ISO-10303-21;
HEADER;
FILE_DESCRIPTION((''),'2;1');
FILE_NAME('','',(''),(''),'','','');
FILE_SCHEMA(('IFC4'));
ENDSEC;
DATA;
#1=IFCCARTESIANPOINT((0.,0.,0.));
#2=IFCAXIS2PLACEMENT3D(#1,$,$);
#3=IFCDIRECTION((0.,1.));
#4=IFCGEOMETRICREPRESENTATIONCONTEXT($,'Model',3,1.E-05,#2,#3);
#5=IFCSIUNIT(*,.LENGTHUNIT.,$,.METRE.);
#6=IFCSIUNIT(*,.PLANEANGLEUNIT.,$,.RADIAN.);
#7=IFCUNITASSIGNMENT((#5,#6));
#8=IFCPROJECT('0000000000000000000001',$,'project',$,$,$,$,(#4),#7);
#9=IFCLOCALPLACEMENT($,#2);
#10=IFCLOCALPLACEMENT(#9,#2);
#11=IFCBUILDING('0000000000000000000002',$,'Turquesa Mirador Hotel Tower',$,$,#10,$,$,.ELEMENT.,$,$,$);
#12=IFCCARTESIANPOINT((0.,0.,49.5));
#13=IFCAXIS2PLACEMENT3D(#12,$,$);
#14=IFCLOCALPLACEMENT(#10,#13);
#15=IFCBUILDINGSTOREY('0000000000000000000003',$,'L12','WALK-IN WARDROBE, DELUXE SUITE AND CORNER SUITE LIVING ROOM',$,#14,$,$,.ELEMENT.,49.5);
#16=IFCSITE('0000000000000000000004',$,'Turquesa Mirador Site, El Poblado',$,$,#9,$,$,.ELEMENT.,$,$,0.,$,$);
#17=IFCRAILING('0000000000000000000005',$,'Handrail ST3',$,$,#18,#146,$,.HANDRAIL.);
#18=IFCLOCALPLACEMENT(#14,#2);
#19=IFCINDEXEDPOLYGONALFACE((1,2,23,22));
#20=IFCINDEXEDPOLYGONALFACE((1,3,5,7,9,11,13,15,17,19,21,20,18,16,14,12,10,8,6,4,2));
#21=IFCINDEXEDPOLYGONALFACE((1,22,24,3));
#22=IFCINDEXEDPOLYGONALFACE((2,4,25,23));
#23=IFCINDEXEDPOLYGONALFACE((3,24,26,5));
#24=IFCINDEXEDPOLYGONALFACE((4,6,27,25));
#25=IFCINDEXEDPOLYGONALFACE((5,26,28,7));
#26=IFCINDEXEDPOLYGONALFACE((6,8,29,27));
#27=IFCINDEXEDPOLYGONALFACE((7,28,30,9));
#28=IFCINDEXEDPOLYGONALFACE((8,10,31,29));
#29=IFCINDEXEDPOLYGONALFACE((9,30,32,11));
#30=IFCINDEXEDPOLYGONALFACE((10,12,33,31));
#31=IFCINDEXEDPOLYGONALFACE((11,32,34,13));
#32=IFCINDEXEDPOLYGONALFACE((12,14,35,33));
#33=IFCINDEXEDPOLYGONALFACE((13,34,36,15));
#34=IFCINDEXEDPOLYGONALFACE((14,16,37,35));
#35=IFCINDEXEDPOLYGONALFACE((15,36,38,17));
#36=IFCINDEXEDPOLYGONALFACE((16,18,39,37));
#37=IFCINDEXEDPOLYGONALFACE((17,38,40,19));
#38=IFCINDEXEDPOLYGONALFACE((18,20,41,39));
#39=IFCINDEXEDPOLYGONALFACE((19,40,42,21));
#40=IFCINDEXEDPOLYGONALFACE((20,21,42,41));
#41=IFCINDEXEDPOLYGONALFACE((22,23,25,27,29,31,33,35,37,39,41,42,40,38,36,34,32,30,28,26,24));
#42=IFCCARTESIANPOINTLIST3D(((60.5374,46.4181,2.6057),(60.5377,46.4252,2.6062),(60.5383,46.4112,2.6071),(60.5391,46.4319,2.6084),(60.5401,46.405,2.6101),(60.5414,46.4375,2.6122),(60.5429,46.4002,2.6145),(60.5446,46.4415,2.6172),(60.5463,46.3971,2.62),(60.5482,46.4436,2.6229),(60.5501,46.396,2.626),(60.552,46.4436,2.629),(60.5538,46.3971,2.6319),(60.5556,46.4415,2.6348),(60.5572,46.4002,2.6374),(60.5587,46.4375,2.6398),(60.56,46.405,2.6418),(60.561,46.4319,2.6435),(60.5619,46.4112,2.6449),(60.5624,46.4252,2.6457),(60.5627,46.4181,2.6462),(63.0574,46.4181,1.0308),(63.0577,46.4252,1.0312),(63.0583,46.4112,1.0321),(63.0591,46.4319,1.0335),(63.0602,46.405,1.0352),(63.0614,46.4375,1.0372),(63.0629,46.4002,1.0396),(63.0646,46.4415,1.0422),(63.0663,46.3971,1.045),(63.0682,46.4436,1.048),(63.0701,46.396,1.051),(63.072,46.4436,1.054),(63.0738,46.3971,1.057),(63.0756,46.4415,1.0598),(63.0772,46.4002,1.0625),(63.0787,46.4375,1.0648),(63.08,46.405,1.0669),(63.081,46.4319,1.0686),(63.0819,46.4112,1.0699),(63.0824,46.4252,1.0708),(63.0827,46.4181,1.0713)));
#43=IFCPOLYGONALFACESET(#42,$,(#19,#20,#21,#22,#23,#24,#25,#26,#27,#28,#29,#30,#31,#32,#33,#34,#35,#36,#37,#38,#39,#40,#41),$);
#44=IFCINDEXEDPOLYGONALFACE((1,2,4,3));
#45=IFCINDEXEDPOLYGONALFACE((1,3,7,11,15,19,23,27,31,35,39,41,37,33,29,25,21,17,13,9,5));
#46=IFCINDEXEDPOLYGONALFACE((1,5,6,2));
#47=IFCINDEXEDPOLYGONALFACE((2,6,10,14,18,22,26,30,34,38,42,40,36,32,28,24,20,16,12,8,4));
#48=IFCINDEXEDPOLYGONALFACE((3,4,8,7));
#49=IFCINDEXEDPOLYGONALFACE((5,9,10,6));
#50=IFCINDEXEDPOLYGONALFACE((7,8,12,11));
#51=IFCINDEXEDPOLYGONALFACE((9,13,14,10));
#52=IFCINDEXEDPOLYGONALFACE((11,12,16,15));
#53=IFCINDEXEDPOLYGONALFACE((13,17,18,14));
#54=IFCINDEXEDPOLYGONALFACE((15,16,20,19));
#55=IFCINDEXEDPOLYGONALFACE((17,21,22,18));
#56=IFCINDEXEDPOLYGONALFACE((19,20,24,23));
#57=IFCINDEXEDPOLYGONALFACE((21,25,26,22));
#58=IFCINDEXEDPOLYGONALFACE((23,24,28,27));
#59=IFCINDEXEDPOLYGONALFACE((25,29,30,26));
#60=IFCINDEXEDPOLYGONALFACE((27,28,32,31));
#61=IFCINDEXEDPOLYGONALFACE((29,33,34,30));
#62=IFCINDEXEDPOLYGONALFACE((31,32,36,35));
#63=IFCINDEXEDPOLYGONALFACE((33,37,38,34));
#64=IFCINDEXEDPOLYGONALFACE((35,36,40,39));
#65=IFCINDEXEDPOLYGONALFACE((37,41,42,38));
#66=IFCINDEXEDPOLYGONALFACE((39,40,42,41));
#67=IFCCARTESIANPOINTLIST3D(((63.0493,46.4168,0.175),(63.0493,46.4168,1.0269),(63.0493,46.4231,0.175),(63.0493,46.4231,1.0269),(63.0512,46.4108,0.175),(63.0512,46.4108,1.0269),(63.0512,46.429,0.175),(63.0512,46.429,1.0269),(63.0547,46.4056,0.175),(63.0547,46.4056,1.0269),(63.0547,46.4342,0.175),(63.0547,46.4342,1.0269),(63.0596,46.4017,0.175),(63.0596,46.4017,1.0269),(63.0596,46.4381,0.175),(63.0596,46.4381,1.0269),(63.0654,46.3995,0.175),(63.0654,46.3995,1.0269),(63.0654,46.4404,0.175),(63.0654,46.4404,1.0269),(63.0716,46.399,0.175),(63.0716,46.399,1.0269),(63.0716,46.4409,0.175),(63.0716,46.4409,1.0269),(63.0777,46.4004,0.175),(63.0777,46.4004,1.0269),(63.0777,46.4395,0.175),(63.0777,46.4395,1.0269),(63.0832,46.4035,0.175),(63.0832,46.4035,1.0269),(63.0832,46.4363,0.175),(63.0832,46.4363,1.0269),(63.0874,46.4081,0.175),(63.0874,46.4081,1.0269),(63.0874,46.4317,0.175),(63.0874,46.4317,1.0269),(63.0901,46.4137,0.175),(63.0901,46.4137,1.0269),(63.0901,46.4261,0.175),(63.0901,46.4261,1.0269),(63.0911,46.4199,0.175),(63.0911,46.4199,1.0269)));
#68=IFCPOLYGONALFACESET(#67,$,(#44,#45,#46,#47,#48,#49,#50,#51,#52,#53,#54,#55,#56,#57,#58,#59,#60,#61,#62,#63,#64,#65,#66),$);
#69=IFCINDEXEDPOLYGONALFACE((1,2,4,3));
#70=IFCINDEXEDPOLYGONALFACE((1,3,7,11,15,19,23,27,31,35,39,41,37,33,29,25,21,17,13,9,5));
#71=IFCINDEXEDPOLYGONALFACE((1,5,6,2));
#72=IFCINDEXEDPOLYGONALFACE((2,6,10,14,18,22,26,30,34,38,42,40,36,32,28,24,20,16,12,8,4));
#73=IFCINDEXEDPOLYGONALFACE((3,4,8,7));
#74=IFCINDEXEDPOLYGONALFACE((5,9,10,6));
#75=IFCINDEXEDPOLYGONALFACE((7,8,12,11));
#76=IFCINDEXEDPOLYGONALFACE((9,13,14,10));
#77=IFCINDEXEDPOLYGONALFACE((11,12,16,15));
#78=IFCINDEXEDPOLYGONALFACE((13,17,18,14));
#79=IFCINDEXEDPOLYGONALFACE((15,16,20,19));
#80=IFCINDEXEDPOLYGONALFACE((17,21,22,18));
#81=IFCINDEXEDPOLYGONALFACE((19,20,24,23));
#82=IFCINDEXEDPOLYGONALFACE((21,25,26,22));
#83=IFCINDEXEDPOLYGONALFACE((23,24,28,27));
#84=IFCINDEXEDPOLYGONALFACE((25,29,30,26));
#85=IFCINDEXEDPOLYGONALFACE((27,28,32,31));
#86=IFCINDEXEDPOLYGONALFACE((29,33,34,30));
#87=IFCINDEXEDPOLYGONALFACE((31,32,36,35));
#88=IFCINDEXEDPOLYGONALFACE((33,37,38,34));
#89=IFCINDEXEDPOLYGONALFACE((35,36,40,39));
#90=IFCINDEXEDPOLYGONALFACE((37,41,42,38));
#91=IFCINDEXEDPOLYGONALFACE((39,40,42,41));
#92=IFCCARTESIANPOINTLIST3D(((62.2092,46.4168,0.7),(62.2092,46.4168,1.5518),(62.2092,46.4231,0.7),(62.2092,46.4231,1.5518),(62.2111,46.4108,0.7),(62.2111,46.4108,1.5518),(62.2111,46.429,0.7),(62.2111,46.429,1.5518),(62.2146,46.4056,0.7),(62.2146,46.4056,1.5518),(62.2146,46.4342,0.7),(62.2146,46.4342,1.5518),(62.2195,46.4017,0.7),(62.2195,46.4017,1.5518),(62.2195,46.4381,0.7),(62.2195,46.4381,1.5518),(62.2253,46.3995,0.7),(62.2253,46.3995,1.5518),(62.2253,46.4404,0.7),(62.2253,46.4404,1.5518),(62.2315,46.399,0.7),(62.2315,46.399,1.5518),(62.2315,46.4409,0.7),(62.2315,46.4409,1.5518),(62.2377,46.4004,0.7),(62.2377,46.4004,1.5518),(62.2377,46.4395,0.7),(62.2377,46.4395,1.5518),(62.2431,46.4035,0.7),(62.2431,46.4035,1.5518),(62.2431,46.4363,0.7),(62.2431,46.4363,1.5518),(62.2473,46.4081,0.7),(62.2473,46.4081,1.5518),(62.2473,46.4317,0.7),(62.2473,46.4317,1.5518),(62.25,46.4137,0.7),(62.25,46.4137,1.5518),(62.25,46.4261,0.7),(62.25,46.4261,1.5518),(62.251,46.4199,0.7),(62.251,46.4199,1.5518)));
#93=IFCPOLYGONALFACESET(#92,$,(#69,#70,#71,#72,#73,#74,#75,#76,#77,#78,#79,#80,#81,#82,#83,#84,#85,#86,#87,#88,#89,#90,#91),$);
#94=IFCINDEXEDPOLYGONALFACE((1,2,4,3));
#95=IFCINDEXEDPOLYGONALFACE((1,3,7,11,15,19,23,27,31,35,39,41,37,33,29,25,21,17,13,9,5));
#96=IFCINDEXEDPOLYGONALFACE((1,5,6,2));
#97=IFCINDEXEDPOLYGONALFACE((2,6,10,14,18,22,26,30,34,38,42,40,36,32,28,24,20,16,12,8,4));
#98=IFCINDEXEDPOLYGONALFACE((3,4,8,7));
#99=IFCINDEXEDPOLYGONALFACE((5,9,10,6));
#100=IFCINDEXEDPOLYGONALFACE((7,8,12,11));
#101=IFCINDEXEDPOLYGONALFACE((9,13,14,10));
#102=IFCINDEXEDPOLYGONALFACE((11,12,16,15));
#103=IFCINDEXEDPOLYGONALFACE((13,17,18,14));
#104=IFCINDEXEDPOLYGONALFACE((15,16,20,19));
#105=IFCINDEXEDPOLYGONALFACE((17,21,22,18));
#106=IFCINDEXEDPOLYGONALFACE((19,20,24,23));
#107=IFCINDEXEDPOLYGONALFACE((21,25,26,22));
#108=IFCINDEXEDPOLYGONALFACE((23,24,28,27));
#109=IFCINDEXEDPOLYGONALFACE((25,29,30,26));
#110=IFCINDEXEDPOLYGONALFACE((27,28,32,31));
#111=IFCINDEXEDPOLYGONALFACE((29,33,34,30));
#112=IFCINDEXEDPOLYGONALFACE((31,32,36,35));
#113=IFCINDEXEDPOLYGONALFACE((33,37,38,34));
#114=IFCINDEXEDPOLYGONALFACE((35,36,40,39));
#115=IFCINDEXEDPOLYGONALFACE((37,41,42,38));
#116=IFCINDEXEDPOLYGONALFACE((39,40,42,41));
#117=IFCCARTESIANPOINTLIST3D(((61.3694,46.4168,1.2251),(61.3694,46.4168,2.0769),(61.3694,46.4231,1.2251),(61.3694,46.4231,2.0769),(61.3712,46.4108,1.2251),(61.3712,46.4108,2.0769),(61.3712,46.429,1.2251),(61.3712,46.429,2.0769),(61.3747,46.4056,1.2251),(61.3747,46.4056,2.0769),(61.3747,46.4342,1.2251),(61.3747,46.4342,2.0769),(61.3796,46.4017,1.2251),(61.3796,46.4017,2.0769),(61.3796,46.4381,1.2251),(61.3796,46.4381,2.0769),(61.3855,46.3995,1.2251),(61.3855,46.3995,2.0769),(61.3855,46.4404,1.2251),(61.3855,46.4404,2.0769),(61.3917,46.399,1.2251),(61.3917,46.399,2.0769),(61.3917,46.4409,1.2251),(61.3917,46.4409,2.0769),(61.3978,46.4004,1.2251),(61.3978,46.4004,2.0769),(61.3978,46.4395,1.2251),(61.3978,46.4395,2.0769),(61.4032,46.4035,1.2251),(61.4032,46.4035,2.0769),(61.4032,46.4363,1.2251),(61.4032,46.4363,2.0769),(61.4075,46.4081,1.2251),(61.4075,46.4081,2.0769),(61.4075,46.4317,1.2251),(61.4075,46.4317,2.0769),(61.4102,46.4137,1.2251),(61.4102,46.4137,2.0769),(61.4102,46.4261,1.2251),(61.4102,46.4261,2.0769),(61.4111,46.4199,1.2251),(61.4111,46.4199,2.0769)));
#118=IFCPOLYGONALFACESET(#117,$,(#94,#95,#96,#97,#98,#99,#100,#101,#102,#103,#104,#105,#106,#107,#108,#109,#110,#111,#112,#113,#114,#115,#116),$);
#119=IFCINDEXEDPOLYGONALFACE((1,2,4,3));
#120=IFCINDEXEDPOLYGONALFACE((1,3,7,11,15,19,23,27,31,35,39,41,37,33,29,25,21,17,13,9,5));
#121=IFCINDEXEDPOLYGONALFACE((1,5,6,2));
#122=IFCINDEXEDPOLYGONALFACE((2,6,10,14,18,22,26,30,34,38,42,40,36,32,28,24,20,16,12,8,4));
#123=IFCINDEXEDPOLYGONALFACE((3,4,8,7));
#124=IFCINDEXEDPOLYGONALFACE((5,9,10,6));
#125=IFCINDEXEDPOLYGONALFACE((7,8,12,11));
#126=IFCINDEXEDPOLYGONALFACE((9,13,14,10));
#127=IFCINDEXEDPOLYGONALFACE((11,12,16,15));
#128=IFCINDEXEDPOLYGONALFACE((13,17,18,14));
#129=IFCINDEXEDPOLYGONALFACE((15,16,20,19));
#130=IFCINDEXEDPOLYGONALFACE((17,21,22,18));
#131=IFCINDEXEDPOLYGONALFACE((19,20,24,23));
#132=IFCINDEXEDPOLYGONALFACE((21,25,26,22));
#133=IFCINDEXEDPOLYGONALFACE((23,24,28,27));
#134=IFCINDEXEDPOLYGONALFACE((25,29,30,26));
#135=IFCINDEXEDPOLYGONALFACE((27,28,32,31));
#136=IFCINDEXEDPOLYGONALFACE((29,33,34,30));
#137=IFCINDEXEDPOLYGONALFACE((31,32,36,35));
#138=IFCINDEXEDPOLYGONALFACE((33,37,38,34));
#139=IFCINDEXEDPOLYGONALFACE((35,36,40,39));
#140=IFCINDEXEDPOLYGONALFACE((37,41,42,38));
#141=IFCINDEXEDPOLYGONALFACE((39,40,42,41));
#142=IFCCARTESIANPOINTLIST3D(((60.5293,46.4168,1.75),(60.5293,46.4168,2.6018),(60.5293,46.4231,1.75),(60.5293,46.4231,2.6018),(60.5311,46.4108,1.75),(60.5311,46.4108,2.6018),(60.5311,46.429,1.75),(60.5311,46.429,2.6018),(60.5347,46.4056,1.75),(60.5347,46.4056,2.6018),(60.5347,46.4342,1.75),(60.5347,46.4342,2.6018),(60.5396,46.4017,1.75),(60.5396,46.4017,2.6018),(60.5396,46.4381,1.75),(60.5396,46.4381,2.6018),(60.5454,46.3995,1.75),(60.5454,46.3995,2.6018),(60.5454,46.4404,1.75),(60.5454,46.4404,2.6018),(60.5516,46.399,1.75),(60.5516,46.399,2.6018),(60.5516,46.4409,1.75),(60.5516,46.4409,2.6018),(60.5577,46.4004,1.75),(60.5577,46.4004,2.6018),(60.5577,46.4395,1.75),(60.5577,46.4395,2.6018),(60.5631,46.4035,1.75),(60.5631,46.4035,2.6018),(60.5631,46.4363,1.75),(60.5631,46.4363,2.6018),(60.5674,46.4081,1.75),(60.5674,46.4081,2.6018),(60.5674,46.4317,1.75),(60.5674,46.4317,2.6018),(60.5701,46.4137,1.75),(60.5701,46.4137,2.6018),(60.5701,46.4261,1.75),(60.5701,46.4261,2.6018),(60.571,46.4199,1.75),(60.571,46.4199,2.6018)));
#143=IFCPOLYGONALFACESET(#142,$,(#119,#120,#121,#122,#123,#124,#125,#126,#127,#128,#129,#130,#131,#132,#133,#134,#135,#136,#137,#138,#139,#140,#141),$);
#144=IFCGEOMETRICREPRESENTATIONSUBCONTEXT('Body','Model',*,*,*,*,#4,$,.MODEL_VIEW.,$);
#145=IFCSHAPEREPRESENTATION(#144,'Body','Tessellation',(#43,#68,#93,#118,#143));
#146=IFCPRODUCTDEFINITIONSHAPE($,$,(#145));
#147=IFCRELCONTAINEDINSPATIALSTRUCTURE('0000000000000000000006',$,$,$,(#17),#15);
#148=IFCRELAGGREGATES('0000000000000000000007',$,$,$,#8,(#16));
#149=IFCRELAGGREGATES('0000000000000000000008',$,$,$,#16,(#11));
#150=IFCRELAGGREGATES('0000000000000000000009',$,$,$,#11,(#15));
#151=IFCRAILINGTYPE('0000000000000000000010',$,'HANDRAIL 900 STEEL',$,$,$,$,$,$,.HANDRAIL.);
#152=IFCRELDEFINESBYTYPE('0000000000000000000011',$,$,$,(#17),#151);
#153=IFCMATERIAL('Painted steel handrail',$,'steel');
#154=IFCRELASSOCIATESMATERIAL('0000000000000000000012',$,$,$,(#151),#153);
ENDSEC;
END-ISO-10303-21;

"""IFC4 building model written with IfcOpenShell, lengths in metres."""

from ifc_helpers import new_model, si_unit, direction, frame, origin, origin_2d, place, context, subcontext, project, spatial, circle, extrude, material, type_object, element, save


model = new_model("IFC4")

# Units and contexts
model_context = context("Model", 3, precision=1e-05, world=origin(), true_north=direction((0.0, 1.0)))
body_context = subcontext(model_context, "Body", "Model", "MODEL_VIEW")
ifc_project = project(units=[si_unit("LENGTHUNIT", "METRE"), si_unit("PLANEANGLEUNIT", "RADIAN")], contexts=[model_context])

# Site, building, storey
site_placement = place(None, origin())
site = spatial("IfcSite", under=ifc_project, at=site_placement, Name="Turquesa Mirador Site, El Poblado", CompositionType="ELEMENT", RefElevation=0.0)
building_placement = place(site_placement, origin())
building = spatial("IfcBuilding", under=site, at=building_placement, Name="Turquesa Mirador Hotel Tower", CompositionType="ELEMENT")
storey_placement = place(building_placement, frame((0.0, 0.0, 49.5)))
storey = spatial("IfcBuildingStorey", under=building, at=storey_placement, Name="L12", Description="WALK-IN WARDROBE, DELUXE SUITE AND CORNER SUITE LIVING ROOM", CompositionType="ELEMENT", Elevation=49.5)

# Railing
ifc_material_1 = material(Name="Painted steel handrail", Category="steel")
railing_type = type_object("IfcRailingType", Name="HANDRAIL 900 STEEL", PredefinedType="HANDRAIL", material=ifc_material_1)
railing_1_placement = place(storey_placement, frame((63.0701, 46.4199, 0.175)))
element("IfcRailing", 1, at=railing_1_placement, inside=storey, type_object=railing_type, Name="Handrail ST3", PredefinedType="HANDRAIL", context=body_context, shape_type="SweptSolid", body=[
    extrude(circle(Radius=0.0239, at=origin_2d()), frame((0.0, 0.0, 0.876), z_axis=(-0.848008, 0.0, 0.529984), x_axis=(0.0, -1.0, 0.0)), (0.0, 0.0, 1.0), 2.9717),
    extrude(circle(Radius=0.021, at=origin_2d()), origin(), (0.0, 0.0, 1.0), 0.8518),
    extrude(circle(Radius=0.021, at=origin_2d()), frame((-0.8401, 0.0, 0.5249)), (0.0, 0.0, 1.0), 0.8518),
    extrude(circle(Radius=0.021, at=origin_2d()), frame((-1.6799, 0.0, 1.05)), (0.0, 0.0, 1.0), 0.8518),
    extrude(circle(Radius=0.021, at=origin_2d()), frame((-2.52, 0.0, 1.575)), (0.0, 0.0, 1.0), 0.8518),
])

save(model, "model.ifc")
